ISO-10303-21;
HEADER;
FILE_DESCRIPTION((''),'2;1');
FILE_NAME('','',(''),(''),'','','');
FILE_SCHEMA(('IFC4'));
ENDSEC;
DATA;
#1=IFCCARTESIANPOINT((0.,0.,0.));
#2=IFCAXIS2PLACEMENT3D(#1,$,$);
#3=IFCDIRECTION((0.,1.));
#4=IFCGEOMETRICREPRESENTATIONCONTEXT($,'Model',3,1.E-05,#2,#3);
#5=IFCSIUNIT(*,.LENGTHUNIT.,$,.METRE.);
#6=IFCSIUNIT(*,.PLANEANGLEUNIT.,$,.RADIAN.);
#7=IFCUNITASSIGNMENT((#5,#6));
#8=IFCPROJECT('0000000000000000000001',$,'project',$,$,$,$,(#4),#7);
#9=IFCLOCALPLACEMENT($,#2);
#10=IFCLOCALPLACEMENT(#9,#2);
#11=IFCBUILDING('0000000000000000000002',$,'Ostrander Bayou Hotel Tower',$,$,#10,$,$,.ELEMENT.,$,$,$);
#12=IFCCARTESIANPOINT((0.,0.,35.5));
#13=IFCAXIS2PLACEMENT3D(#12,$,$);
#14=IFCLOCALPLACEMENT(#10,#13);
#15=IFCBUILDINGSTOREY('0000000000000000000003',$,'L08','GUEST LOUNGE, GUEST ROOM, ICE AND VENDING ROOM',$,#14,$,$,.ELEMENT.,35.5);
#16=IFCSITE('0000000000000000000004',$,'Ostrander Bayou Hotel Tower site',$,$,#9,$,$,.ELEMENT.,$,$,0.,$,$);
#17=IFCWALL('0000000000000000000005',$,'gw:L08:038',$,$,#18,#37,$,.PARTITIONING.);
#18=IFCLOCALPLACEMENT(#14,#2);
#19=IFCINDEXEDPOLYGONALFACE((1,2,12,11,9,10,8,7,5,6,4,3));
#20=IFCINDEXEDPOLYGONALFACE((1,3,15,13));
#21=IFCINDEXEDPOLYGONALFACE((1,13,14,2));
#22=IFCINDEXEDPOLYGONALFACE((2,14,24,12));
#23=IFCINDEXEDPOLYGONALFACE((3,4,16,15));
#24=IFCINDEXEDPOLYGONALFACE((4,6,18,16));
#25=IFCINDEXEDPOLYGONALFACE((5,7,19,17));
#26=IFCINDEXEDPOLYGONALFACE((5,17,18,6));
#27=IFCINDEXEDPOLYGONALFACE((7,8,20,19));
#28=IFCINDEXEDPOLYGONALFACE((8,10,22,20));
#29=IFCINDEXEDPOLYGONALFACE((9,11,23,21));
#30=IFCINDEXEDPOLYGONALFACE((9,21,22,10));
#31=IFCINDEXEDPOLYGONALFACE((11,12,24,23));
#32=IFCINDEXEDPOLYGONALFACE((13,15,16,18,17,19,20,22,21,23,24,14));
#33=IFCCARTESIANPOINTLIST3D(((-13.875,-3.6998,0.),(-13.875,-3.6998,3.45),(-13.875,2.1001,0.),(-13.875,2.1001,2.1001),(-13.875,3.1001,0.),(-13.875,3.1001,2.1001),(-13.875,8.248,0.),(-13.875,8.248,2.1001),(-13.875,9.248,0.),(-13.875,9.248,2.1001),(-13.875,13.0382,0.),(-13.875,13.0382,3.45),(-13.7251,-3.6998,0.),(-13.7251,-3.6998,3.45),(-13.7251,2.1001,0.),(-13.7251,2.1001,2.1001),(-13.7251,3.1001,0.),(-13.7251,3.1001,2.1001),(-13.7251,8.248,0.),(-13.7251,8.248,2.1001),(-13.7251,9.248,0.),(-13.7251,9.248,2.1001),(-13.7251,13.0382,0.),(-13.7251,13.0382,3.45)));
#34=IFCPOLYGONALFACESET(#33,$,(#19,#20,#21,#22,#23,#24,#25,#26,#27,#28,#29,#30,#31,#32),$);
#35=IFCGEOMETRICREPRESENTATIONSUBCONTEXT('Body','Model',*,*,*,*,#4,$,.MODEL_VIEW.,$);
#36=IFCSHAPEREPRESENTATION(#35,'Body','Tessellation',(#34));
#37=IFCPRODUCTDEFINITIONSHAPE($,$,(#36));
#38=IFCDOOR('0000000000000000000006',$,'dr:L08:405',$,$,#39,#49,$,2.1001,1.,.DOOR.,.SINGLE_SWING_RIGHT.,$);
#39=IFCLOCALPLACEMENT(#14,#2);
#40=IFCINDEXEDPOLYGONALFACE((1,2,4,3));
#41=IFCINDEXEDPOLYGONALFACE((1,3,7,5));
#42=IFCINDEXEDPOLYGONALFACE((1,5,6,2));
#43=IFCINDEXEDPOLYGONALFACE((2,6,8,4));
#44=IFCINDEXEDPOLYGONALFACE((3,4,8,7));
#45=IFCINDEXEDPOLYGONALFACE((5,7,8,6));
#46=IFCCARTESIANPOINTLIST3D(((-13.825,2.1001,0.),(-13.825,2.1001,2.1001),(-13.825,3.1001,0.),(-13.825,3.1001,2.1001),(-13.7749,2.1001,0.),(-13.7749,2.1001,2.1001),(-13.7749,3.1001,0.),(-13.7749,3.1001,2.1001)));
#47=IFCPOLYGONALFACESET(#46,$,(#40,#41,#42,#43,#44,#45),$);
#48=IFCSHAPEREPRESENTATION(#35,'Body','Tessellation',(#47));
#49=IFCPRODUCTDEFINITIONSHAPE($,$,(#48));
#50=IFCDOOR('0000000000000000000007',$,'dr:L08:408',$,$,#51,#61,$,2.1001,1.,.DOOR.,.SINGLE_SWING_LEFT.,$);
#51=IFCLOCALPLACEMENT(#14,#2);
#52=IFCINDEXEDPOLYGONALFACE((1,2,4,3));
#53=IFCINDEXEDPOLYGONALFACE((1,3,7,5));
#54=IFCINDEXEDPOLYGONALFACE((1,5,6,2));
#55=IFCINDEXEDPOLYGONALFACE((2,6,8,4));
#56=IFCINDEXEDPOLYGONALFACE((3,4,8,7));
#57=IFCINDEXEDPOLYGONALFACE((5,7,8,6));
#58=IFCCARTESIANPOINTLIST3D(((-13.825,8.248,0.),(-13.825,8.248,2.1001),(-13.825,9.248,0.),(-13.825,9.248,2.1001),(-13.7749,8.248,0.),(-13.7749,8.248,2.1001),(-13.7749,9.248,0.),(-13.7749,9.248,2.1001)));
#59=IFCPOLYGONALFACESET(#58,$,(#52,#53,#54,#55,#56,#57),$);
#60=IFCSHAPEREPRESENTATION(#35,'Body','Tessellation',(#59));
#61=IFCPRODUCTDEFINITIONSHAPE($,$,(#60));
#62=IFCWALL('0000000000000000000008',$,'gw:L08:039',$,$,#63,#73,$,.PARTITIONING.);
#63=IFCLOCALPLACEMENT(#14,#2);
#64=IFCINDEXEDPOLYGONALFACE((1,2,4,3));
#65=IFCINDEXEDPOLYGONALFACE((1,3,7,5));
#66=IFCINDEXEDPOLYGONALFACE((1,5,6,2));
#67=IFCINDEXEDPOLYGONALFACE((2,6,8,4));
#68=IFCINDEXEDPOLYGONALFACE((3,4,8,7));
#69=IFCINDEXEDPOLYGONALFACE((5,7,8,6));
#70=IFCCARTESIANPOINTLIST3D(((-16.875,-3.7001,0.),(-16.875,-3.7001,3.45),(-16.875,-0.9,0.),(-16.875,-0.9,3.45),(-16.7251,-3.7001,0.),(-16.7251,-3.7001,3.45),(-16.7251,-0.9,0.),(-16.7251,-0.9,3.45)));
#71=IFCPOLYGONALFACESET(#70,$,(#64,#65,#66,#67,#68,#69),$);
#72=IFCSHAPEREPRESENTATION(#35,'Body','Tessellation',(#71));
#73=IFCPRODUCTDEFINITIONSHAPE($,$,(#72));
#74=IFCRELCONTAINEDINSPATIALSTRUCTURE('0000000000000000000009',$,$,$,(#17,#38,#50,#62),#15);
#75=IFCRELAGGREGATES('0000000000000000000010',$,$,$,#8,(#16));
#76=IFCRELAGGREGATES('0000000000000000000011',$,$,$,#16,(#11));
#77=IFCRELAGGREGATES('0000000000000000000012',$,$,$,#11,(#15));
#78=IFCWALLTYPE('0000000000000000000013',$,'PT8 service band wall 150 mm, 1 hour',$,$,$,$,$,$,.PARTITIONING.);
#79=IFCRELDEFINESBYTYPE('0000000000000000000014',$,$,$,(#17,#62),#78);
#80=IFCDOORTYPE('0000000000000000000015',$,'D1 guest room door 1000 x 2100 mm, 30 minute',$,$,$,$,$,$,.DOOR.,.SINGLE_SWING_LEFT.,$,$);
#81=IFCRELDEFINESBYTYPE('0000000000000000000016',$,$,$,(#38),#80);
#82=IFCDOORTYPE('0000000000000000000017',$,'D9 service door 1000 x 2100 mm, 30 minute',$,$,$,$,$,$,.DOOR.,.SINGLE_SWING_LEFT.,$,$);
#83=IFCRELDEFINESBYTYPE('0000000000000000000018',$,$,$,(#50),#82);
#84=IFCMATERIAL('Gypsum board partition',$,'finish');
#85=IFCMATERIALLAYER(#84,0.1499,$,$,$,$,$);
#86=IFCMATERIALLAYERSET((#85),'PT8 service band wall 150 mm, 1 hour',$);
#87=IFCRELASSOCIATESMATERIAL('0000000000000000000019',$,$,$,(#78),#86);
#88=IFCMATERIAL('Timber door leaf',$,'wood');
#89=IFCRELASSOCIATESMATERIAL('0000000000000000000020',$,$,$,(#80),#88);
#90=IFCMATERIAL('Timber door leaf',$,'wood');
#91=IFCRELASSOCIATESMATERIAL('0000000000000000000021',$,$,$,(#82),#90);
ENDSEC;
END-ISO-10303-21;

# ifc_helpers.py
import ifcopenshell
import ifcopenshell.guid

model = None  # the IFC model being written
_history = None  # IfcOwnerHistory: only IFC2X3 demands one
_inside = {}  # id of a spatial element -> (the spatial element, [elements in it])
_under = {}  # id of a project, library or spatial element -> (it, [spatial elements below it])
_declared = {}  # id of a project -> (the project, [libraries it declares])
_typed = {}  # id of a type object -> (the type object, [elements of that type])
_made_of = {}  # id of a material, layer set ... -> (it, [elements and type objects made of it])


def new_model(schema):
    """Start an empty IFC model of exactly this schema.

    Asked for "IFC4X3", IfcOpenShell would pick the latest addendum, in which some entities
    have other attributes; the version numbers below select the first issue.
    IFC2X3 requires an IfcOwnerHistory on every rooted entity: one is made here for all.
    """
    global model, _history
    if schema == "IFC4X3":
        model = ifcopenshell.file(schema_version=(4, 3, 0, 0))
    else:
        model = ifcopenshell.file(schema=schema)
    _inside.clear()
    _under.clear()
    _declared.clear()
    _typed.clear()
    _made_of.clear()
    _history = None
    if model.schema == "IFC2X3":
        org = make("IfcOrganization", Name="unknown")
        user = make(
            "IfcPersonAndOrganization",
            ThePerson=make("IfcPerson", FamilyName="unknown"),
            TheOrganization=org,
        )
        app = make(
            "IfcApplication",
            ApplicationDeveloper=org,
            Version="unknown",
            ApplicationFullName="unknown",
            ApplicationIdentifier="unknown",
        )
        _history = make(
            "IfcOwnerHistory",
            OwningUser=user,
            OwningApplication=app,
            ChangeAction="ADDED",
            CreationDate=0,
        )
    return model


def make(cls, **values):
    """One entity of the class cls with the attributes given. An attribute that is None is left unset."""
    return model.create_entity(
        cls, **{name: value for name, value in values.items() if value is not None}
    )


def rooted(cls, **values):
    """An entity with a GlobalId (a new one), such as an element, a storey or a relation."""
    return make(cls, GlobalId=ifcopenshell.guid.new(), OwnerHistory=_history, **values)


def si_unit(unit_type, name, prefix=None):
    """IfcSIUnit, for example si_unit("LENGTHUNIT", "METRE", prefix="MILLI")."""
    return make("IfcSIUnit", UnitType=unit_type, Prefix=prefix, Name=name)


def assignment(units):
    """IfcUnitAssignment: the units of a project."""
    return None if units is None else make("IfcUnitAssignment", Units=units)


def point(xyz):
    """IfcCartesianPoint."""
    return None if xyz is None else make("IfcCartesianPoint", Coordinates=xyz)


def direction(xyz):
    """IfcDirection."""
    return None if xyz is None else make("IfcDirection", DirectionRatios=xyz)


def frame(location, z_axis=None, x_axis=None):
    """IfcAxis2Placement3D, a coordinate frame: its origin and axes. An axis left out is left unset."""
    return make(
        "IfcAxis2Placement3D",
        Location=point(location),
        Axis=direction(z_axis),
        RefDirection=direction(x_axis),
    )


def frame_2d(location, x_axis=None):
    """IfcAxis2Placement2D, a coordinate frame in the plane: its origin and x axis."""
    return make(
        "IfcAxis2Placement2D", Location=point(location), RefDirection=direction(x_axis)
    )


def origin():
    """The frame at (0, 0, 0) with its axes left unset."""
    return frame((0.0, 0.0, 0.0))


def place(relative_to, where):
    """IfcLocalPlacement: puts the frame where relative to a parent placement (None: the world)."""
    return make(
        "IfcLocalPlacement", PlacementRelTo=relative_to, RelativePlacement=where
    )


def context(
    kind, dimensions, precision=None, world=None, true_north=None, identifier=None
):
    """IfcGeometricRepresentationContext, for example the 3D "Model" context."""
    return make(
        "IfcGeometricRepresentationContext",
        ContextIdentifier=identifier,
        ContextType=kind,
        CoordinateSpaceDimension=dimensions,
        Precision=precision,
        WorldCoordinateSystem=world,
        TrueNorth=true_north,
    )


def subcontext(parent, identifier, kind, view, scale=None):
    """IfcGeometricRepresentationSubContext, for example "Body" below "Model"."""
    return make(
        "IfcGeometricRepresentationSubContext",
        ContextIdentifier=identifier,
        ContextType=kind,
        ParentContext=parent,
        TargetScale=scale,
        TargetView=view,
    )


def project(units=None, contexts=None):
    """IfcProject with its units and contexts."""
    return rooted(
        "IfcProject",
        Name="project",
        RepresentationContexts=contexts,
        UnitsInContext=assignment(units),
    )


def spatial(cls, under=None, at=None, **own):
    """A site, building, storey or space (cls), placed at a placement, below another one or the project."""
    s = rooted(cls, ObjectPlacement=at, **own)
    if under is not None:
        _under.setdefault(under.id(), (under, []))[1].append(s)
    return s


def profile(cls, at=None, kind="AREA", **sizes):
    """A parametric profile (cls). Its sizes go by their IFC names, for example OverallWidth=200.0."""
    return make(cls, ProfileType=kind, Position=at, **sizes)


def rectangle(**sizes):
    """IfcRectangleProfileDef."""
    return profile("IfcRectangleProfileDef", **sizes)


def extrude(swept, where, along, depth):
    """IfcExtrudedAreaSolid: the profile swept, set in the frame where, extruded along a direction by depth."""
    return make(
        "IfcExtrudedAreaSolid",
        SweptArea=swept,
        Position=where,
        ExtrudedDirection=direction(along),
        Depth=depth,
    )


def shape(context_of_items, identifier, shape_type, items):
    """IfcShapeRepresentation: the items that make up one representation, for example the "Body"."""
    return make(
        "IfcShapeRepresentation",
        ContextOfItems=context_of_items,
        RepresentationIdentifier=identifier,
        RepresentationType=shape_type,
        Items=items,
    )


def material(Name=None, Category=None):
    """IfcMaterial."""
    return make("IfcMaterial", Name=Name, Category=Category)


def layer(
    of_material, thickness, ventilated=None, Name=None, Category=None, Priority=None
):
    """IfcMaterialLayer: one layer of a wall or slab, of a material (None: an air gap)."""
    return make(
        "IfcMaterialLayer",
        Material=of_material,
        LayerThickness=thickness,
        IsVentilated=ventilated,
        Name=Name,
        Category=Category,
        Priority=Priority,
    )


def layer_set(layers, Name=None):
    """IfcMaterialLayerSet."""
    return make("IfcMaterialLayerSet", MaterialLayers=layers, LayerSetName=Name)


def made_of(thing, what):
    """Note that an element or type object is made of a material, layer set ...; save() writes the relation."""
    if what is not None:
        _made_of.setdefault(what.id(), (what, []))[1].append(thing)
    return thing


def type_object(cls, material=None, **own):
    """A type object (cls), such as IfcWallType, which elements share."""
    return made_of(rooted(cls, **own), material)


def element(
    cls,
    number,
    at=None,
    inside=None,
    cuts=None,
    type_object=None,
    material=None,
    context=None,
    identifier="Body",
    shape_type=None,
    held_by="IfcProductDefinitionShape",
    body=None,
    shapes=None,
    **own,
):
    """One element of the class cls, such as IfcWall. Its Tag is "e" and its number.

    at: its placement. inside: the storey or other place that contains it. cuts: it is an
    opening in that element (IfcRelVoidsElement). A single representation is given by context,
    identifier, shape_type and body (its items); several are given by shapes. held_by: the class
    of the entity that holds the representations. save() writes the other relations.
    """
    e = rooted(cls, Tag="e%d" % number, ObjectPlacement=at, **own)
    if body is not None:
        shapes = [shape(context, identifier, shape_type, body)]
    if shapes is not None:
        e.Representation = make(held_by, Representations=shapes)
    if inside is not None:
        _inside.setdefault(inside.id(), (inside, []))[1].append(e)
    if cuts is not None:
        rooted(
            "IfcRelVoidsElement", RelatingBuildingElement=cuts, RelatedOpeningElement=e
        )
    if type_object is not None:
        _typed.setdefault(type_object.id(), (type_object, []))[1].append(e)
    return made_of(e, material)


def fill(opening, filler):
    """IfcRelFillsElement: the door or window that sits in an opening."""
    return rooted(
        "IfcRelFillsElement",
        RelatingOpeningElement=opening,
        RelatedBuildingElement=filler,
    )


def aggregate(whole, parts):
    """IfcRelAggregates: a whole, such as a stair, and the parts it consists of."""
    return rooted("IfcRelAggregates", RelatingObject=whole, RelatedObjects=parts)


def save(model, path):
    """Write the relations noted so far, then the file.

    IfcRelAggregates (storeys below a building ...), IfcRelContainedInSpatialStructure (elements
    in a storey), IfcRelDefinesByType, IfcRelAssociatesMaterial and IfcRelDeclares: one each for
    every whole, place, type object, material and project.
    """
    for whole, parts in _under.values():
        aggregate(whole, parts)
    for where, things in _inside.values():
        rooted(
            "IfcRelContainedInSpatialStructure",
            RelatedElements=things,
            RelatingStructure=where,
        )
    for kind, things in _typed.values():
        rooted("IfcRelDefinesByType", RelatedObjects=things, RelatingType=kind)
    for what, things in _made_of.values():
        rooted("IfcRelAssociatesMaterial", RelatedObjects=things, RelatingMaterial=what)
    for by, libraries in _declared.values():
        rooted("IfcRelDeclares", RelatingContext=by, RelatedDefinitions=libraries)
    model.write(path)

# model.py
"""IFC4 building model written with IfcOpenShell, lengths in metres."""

from ifc_helpers import new_model, si_unit, direction, frame, frame_2d, origin, place, context, subcontext, project, spatial, rectangle, extrude, material, layer, layer_set, type_object, element, fill, save


model = new_model("IFC4")

# Units and contexts
model_context = context("Model", 3, precision=1e-05, world=origin(), true_north=direction((0.0, 1.0)))
body_context = subcontext(model_context, "Body", "Model", "MODEL_VIEW")
ifc_project = project(units=[si_unit("LENGTHUNIT", "METRE"), si_unit("PLANEANGLEUNIT", "RADIAN")], contexts=[model_context])

# Site, building, storey
site_placement = place(None, origin())
site = spatial("IfcSite", under=ifc_project, at=site_placement, Name="Ostrander Bayou Hotel Tower site", CompositionType="ELEMENT", RefElevation=0.0)
building_placement = place(site_placement, origin())
building = spatial("IfcBuilding", under=site, at=building_placement, Name="Ostrander Bayou Hotel Tower", CompositionType="ELEMENT")
storey_placement = place(building_placement, frame((0.0, 0.0, 35.5)))
storey = spatial("IfcBuildingStorey", under=building, at=storey_placement, Name="L08", Description="GUEST LOUNGE, GUEST ROOM, ICE AND VENDING ROOM", CompositionType="ELEMENT", Elevation=35.5)

# Shared definitions
ifc_material_1 = material(Name="Gypsum board partition", Category="finish")
ifc_layer_1 = layer(ifc_material_1, 0.1499)
ifc_layer_set_1 = layer_set([ifc_layer_1], Name="PT8 service band wall 150 mm, 1 hour")
wall_type_1 = type_object("IfcWallType", Name="PT8 service band wall 150 mm, 1 hour", PredefinedType="PARTITIONING", material=ifc_layer_set_1)

# Wall, openings, doors
wall_1_placement = place(storey_placement, frame((-13.8, -3.7, 0.0), z_axis=(0.0, 0.0, 1.0), x_axis=(0.0, 1.0, 0.0)))
wall_1 = element("IfcWall", 1, at=wall_1_placement, inside=storey, type_object=wall_type_1, Name="gw:L08:038", PredefinedType="PARTITIONING", context=body_context, shape_type="SweptSolid", body=[
    extrude(rectangle(XDim=16.738, YDim=0.1499, at=frame_2d((8.3691, 0.0))), origin(), (0.0, 0.0, 1.0), 3.45),
])
opening_1_placement = place(wall_1_placement, frame((5.8, 0.0, 0.0)))
opening_1 = element("IfcOpeningElement", 2, at=opening_1_placement, cuts=wall_1, PredefinedType="OPENING", context=body_context, shape_type="SweptSolid", body=[
    extrude(rectangle(XDim=1.0, YDim=2.1001, at=frame_2d((0.5, 1.05))), frame((0.0, 0.075, 0.0), z_axis=(0.0, -1.0, 0.0), x_axis=(1.0, 0.0, 0.0)), (0.0, 0.0, 1.0), 0.1499),
])
opening_2_placement = place(wall_1_placement, frame((11.948, 0.0, 0.0)))
opening_2 = element("IfcOpeningElement", 3, at=opening_2_placement, cuts=wall_1, PredefinedType="OPENING", context=body_context, shape_type="SweptSolid", body=[
    extrude(rectangle(XDim=1.0, YDim=2.1001, at=frame_2d((0.5, 1.05))), frame((0.0, 0.075, 0.0), z_axis=(0.0, -1.0, 0.0), x_axis=(1.0, 0.0, 0.0)), (0.0, 0.0, 1.0), 0.1499),
])
ifc_material_2 = material(Name="Timber door leaf", Category="wood")
door_type_1 = type_object("IfcDoorType", Name="D1 guest room door 1000 x 2100 mm, 30 minute", OperationType="SINGLE_SWING_LEFT", PredefinedType="DOOR", material=ifc_material_2)
door_1_placement = place(opening_1_placement, origin())
door_1 = element("IfcDoor", 4, at=door_1_placement, inside=storey, type_object=door_type_1, Name="dr:L08:405", OperationType="SINGLE_SWING_RIGHT", OverallHeight=2.1001, OverallWidth=1.0, PredefinedType="DOOR", context=body_context, shape_type="SweptSolid", body=[
    extrude(rectangle(XDim=1.0, YDim=2.1001, at=frame_2d((0.5, 1.05))), frame((0.0, 0.0249, 0.0), z_axis=(0.0, -1.0, 0.0), x_axis=(1.0, 0.0, 0.0)), (0.0, 0.0, 1.0), 0.05),
])
fill(opening_1, door_1)
ifc_material_3 = material(Name="Timber door leaf", Category="wood")
door_type_2 = type_object("IfcDoorType", Name="D9 service door 1000 x 2100 mm, 30 minute", OperationType="SINGLE_SWING_LEFT", PredefinedType="DOOR", material=ifc_material_3)
door_2_placement = place(opening_2_placement, origin())
door_2 = element("IfcDoor", 5, at=door_2_placement, inside=storey, type_object=door_type_2, Name="dr:L08:408", OperationType="SINGLE_SWING_LEFT", OverallHeight=2.1001, OverallWidth=1.0, PredefinedType="DOOR", context=body_context, shape_type="SweptSolid", body=[
    extrude(rectangle(XDim=1.0, YDim=2.1001, at=frame_2d((0.5, 1.05))), frame((0.0, 0.0249, 0.0), z_axis=(0.0, -1.0, 0.0), x_axis=(1.0, 0.0, 0.0)), (0.0, 0.0, 1.0), 0.05),
])
fill(opening_2, door_2)

# Wall
wall_2_placement = place(storey_placement, frame((-16.8, -3.7, 0.0), z_axis=(0.0, 0.0, 1.0), x_axis=(0.0, 1.0, 0.0)))
element("IfcWall", 6, at=wall_2_placement, inside=storey, type_object=wall_type_1, Name="gw:L08:039", PredefinedType="PARTITIONING", context=body_context, shape_type="SweptSolid", body=[
    extrude(rectangle(XDim=2.8, YDim=0.1499, at=frame_2d((1.3999, 0.0))), origin(), (0.0, 0.0, 1.0), 3.45),
])

save(model, "model.ifc")
